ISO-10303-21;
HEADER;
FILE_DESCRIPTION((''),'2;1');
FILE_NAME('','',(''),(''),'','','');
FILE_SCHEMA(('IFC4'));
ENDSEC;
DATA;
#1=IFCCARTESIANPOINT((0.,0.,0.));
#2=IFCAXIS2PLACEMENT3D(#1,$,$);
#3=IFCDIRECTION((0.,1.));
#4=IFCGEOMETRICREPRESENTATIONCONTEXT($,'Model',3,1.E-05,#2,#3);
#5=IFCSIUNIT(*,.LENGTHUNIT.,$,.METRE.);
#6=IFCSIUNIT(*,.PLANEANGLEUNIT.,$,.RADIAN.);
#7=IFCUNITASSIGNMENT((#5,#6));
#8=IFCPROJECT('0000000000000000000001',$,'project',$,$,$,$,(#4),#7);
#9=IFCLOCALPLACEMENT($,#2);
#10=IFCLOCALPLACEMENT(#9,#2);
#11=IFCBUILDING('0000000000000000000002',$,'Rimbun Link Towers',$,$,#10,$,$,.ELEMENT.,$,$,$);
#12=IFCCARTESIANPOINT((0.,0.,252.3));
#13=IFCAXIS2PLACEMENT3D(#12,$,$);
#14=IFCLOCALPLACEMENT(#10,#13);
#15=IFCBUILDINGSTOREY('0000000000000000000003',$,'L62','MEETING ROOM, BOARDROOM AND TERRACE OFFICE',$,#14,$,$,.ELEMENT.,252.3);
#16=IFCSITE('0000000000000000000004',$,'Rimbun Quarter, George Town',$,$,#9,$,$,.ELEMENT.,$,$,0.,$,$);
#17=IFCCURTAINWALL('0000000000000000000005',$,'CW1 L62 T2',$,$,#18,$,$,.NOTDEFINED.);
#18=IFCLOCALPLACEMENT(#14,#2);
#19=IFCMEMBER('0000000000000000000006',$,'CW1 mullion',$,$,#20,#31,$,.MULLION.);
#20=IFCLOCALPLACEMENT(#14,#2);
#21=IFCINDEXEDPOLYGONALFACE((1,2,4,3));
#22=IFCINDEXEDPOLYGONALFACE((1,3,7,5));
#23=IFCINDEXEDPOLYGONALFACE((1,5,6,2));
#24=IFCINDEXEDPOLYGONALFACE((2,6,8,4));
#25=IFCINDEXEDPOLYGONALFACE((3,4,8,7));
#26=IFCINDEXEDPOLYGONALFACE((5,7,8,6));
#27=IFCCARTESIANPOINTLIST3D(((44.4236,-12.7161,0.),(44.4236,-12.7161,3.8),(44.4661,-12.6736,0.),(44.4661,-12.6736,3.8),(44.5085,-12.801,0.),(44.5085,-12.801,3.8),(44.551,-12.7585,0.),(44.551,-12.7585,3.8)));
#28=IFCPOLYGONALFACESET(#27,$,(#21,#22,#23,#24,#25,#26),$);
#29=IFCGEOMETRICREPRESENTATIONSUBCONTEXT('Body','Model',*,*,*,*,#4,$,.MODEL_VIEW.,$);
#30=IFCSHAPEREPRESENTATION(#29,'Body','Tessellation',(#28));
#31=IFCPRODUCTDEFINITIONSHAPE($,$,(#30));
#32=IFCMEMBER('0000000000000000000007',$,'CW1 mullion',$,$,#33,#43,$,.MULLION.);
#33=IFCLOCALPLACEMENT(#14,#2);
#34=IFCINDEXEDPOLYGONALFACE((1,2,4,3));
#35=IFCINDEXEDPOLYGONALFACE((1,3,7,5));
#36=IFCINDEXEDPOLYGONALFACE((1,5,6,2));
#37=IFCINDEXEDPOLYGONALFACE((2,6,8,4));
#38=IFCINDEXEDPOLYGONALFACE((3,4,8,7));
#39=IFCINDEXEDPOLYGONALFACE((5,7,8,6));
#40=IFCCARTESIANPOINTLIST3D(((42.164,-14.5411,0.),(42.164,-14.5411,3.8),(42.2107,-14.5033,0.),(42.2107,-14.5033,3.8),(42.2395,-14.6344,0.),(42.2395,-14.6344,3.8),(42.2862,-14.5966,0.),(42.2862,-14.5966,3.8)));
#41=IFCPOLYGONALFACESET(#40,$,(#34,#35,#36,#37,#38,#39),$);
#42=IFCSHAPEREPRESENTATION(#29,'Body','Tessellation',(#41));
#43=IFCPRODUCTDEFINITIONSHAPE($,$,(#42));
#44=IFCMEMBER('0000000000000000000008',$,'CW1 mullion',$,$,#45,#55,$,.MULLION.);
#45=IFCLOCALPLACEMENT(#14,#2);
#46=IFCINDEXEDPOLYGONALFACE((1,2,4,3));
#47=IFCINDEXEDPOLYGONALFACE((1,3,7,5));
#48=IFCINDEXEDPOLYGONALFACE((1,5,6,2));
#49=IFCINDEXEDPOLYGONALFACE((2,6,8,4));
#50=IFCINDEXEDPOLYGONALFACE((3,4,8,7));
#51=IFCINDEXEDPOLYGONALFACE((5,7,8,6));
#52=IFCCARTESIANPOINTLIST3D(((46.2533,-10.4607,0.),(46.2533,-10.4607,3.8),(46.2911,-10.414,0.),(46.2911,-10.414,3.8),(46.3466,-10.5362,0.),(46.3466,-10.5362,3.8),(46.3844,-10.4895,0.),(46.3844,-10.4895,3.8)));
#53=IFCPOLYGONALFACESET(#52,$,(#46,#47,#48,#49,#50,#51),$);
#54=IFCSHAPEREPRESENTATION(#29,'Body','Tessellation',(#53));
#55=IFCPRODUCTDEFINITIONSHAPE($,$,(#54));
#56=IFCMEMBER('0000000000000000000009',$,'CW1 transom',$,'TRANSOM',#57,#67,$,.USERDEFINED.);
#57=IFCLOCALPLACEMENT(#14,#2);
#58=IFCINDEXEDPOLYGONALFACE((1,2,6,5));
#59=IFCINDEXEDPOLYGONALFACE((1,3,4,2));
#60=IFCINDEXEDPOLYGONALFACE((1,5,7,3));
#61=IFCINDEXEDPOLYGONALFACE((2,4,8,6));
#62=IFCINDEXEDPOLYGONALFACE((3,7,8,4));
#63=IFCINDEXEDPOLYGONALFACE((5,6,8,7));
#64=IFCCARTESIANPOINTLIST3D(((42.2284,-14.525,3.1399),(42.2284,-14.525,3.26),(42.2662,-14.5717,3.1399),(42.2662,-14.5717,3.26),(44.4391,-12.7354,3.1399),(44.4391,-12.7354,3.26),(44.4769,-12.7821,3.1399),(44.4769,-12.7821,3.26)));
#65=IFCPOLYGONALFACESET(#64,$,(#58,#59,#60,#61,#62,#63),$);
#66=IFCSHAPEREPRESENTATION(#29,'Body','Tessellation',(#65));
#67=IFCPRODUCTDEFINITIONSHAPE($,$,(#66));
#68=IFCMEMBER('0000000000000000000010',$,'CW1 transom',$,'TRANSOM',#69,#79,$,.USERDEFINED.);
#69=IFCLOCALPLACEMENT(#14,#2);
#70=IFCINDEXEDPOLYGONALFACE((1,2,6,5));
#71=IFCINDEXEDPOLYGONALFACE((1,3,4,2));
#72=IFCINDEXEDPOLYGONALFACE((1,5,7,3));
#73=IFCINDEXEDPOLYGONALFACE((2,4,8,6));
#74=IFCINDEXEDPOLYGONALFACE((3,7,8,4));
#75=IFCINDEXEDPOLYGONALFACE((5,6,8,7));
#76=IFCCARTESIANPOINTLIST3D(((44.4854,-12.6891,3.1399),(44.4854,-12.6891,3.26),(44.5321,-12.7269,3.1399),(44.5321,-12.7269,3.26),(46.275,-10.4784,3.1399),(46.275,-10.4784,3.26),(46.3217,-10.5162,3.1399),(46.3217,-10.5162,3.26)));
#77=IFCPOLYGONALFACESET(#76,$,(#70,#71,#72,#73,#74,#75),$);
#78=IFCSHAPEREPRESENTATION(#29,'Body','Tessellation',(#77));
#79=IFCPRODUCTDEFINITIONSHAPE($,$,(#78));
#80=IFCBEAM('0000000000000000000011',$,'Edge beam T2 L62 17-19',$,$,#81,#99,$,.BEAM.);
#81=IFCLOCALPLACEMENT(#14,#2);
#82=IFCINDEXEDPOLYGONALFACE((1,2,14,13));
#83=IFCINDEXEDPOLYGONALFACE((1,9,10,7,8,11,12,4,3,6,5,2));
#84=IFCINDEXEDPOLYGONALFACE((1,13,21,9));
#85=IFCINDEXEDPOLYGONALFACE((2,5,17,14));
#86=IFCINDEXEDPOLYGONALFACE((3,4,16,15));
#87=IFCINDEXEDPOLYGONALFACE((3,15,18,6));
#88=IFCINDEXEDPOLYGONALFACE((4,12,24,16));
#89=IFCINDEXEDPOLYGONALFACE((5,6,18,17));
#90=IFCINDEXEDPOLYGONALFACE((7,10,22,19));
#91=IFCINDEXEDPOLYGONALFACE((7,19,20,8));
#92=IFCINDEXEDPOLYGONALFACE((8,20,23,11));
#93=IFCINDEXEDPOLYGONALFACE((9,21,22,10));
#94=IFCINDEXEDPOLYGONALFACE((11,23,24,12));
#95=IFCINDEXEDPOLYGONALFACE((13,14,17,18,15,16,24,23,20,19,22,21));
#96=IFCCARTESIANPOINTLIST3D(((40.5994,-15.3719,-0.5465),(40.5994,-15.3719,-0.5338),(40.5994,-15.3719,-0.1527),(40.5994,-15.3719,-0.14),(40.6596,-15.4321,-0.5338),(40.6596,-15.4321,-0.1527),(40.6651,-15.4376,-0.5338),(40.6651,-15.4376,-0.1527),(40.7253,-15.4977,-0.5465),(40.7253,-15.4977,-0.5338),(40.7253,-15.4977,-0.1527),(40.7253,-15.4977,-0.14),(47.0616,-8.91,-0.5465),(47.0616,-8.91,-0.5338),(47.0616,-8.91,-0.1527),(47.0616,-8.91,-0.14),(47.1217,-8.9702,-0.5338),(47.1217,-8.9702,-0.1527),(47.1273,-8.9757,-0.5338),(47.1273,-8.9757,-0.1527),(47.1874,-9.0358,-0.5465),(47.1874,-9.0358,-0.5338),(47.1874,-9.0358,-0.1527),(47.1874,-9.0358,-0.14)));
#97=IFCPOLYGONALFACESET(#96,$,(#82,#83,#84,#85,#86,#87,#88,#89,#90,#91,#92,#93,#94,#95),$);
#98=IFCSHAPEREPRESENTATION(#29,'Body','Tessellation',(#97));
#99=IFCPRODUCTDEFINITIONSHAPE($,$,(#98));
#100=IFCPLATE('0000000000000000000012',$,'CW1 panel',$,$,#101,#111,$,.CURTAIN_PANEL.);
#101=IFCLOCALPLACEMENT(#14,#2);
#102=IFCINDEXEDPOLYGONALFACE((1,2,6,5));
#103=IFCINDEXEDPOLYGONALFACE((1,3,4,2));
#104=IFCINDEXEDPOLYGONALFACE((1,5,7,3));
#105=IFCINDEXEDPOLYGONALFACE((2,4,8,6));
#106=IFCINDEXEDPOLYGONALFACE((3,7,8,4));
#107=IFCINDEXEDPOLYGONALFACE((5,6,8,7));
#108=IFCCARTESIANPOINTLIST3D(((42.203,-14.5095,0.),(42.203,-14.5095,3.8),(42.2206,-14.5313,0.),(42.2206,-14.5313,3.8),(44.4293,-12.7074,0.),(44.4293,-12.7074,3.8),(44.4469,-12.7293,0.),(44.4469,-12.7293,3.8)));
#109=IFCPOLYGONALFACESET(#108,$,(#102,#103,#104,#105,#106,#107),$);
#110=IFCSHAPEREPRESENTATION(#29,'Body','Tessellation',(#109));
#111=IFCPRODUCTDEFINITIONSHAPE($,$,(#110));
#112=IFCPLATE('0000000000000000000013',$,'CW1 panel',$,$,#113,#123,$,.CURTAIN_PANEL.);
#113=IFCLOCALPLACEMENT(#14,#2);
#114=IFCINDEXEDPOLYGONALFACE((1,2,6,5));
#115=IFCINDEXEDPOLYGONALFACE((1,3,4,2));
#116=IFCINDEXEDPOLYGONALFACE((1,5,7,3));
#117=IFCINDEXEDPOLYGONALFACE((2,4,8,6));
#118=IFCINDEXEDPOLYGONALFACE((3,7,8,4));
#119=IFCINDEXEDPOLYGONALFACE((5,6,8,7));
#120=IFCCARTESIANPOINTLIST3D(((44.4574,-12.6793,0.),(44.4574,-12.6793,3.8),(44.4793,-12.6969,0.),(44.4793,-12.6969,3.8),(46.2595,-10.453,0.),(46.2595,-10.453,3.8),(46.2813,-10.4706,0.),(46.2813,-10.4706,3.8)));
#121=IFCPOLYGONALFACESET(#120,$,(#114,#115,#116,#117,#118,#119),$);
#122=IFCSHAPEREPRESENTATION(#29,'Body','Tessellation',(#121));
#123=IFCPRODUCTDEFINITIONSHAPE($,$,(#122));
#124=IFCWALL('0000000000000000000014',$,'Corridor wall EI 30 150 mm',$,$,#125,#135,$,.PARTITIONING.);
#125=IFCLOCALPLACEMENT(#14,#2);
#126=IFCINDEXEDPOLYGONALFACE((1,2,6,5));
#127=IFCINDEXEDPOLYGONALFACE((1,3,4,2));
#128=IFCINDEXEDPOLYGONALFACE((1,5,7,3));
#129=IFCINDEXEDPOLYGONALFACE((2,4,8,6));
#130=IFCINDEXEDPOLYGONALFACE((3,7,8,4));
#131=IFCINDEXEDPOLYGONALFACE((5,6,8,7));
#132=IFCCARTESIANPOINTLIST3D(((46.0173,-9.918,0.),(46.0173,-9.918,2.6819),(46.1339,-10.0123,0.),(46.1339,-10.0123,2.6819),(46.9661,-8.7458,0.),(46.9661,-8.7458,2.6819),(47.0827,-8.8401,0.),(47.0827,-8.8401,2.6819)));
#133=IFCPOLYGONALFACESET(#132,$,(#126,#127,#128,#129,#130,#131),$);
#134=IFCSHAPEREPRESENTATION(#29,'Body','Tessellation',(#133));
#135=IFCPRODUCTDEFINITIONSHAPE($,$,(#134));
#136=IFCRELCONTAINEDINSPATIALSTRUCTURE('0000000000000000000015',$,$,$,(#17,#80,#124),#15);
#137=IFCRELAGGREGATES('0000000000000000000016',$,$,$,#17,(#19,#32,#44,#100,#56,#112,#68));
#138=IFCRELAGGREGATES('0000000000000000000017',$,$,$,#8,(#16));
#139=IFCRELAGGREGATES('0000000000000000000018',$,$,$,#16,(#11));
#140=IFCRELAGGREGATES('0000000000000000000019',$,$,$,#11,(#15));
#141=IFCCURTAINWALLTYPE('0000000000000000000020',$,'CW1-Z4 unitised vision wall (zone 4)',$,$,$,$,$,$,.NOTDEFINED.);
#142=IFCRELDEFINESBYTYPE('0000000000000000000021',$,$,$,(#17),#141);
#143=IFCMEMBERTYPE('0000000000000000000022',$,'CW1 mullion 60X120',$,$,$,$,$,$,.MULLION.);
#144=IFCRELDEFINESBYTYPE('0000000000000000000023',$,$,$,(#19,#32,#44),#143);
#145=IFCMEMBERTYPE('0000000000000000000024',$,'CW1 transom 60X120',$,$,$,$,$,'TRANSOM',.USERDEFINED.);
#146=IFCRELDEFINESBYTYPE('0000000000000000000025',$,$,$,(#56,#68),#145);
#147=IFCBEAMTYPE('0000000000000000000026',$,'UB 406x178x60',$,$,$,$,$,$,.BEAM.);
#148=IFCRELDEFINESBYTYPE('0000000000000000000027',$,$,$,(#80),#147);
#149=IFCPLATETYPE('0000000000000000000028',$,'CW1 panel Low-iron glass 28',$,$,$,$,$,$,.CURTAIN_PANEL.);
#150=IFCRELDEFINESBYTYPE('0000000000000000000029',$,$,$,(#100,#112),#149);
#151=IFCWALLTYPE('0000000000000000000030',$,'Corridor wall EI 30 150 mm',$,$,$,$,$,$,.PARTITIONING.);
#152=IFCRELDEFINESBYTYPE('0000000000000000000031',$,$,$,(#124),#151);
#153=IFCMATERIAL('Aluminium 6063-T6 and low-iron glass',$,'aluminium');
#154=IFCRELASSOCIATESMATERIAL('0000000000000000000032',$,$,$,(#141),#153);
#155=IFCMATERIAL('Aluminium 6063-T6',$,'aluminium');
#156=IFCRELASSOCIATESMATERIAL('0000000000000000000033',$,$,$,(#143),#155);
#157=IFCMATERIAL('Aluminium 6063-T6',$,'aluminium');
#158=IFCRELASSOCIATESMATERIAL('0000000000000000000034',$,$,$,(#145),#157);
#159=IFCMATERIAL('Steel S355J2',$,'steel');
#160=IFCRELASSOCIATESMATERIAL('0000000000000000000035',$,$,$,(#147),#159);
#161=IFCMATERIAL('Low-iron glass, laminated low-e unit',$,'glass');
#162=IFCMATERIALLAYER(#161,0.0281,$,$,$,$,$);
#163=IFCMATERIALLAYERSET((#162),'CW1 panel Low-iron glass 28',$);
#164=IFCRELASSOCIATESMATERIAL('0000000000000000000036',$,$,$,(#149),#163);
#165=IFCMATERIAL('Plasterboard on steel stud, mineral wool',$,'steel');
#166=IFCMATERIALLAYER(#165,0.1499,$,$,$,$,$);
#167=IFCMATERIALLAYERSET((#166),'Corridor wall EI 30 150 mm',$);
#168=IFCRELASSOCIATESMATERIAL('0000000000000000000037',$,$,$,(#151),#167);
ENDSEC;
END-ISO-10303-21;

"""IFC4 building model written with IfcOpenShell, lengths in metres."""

from ifc_helpers import new_model, si_unit, direction, frame, frame_2d, origin, origin_2d, place, context, subcontext, project, spatial, rectangle, i_section, extrude, material, layer, layer_set, material_profile, profile_set, type_object, element, aggregate, save


model = new_model("IFC4")

# Units and contexts
model_context = context("Model", 3, precision=1e-05, world=origin(), true_north=direction((0.0, 1.0)))
body_context = subcontext(model_context, "Body", "Model", "MODEL_VIEW")
ifc_project = project(units=[si_unit("LENGTHUNIT", "METRE"), si_unit("PLANEANGLEUNIT", "RADIAN")], contexts=[model_context])

# Site, building, storey
site_placement = place(None, origin())
site = spatial("IfcSite", under=ifc_project, at=site_placement, Name="Rimbun Quarter, George Town", CompositionType="ELEMENT", RefElevation=0.0)
building_placement = place(site_placement, origin())
building = spatial("IfcBuilding", under=site, at=building_placement, Name="Rimbun Link Towers", CompositionType="ELEMENT")
storey_placement = place(building_placement, frame((0.0, 0.0, 252.3)))
storey = spatial("IfcBuildingStorey", under=building, at=storey_placement, Name="L62", Description="MEETING ROOM, BOARDROOM AND TERRACE OFFICE", CompositionType="ELEMENT", Elevation=252.3)

# Curtain wall, members
ifc_material_1 = material(Name="Aluminium 6063-T6 and low-iron glass", Category="aluminium")
curtain_wall_type = type_object("IfcCurtainWallType", Name="CW1-Z4 unitised vision wall (zone 4)", PredefinedType="NOTDEFINED", material=ifc_material_1)
curtain_wall_placement = place(storey_placement, origin())
curtain_wall = element("IfcCurtainWall", 1, at=curtain_wall_placement, inside=storey, type_object=curtain_wall_type, Name="CW1 L62 T2", PredefinedType="NOTDEFINED")
ifc_material_2 = material(Name="Aluminium 6063-T6", Category="aluminium")
ifc_material_profile_1 = material_profile(ifc_material_2, rectangle(XDim=0.1201, YDim=0.0601, at=origin_2d()), Name="MULLION 60X120")
ifc_profile_set_1 = profile_set([ifc_material_profile_1], Name="Aluminium 6063-T6")
member_type_1 = type_object("IfcMemberType", Name="CW1 mullion 60X120", PredefinedType="MULLION", material=ifc_profile_set_1)
member_1_placement = place(storey_placement, frame((44.4873, -12.7373, 0.0), z_axis=(0.0, 0.0, 1.0), x_axis=(0.707107, -0.707107, 0.0)))
member_1 = element("IfcMember", 2, at=member_1_placement, type_object=member_type_1, Name="CW1 mullion", PredefinedType="MULLION", context=body_context, shape_type="SweptSolid", body=[
    extrude(rectangle(XDim=0.1201, YDim=0.0601, at=origin_2d()), origin(), (0.0, 0.0, 1.0), 3.8),
])
member_2_placement = place(storey_placement, frame((42.2251, -14.5688, 0.0), z_axis=(0.0, 0.0, 1.0), x_axis=(0.629159, -0.777277, 0.0)))
member_2 = element("IfcMember", 3, at=member_2_placement, type_object=member_type_1, Name="CW1 mullion", PredefinedType="MULLION", context=body_context, shape_type="SweptSolid", body=[
    extrude(rectangle(XDim=0.1201, YDim=0.0601, at=origin_2d()), origin(), (0.0, 0.0, 1.0), 3.8),
])
member_3_placement = place(storey_placement, frame((46.3188, -10.4751, 0.0), z_axis=(0.0, 0.0, 1.0), x_axis=(0.777277, -0.629159, 0.0)))
member_3 = element("IfcMember", 4, at=member_3_placement, type_object=member_type_1, Name="CW1 mullion", PredefinedType="MULLION", context=body_context, shape_type="SweptSolid", body=[
    extrude(rectangle(XDim=0.1201, YDim=0.0601, at=origin_2d()), origin(), (0.0, 0.0, 1.0), 3.8),
])
ifc_material_3 = material(Name="Aluminium 6063-T6", Category="aluminium")
ifc_material_profile_2 = material_profile(ifc_material_3, rectangle(XDim=0.0601, YDim=0.1201, at=origin_2d()), Name="TRANSOM 60X120")
ifc_profile_set_2 = profile_set([ifc_material_profile_2], Name="Aluminium 6063-T6")
member_type_2 = type_object("IfcMemberType", Name="CW1 transom 60X120", ElementType="TRANSOM", PredefinedType="USERDEFINED", material=ifc_profile_set_2)
member_4_placement = place(storey_placement, frame((44.458, -12.7588, 3.2), z_axis=(-0.777255, -0.629186, 0.0), x_axis=(0.629186, -0.777255, 0.0)))
member_4 = element("IfcMember", 5, at=member_4_placement, type_object=member_type_2, Name="CW1 transom", ObjectType="TRANSOM", PredefinedType="USERDEFINED", context=body_context, shape_type="SweptSolid", body=[
    extrude(rectangle(XDim=0.0601, YDim=0.1201, at=origin_2d()), origin(), (0.0, 0.0, 1.0), 2.8442),
])
member_5_placement = place(storey_placement, frame((46.2983, -10.4973, 3.2), z_axis=(-0.629186, -0.777255, 0.0), x_axis=(0.777255, -0.629186, 0.0)))
member_5 = element("IfcMember", 6, at=member_5_placement, type_object=member_type_2, Name="CW1 transom", ObjectType="TRANSOM", PredefinedType="USERDEFINED", context=body_context, shape_type="SweptSolid", body=[
    extrude(rectangle(XDim=0.0601, YDim=0.1201, at=origin_2d()), origin(), (0.0, 0.0, 1.0), 2.8442),
])

# Beam
ifc_material_4 = material(Name="Steel S355J2", Category="steel")
ifc_material_profile_3 = material_profile(ifc_material_4, i_section(OverallWidth=0.178, OverallDepth=0.4065, WebThickness=0.0078, FlangeThickness=0.0127, at=origin_2d()), Name="UB 406x178x60")
ifc_profile_set_3 = profile_set([ifc_material_profile_3], Name="Steel S355J2")
beam_type = type_object("IfcBeamType", Name="UB 406x178x60", PredefinedType="BEAM", material=ifc_profile_set_3)
beam_placement = place(storey_placement, frame((40.6624, -15.4348, -0.3433), z_axis=(0.70712, 0.707093, 0.0), x_axis=(-0.707093, 0.70712, 0.0)))
element("IfcBeam", 7, at=beam_placement, inside=storey, type_object=beam_type, Name="Edge beam T2 L62 17-19", PredefinedType="BEAM", context=body_context, shape_type="SweptSolid", body=[
    extrude(i_section(OverallWidth=0.178, OverallDepth=0.4065, WebThickness=0.0078, FlangeThickness=0.0127, at=origin_2d()), origin(), (0.0, 0.0, 1.0), 9.1387),
])

# Plates
ifc_material_5 = material(Name="Low-iron glass, laminated low-e unit", Category="glass")
ifc_layer_1 = layer(ifc_material_5, 0.0281)
ifc_layer_set_1 = layer_set([ifc_layer_1], Name="CW1 panel Low-iron glass 28")
plate_type = type_object("IfcPlateType", Name="CW1 panel Low-iron glass 28", PredefinedType="CURTAIN_PANEL", material=ifc_layer_set_1)
plate_1_placement = place(storey_placement, frame((43.325, -13.6194, 0.0), z_axis=(0.0, 0.0, 1.0), x_axis=(-0.777277, -0.629159, 0.0)))
plate_1 = element("IfcPlate", 8, at=plate_1_placement, type_object=plate_type, Name="CW1 panel", PredefinedType="CURTAIN_PANEL", context=body_context, shape_type="SweptSolid", body=[
    extrude(rectangle(XDim=2.8643, YDim=0.0281, at=origin_2d()), origin(), (0.0, 0.0, 1.0), 3.8),
])
plate_2_placement = place(storey_placement, frame((45.3694, -11.575, 0.0), z_axis=(0.0, 0.0, 1.0), x_axis=(-0.629159, -0.777277, 0.0)))
plate_2 = element("IfcPlate", 9, at=plate_2_placement, type_object=plate_type, Name="CW1 panel", PredefinedType="CURTAIN_PANEL", context=body_context, shape_type="SweptSolid", body=[
    extrude(rectangle(XDim=2.8643, YDim=0.0281, at=origin_2d()), origin(), (0.0, 0.0, 1.0), 3.8),
])
aggregate(curtain_wall, [member_1, member_2, member_3, plate_1, member_4, plate_2, member_5])

# Wall
ifc_material_6 = material(Name="Plasterboard on steel stud, mineral wool", Category="steel")
ifc_layer_2 = layer(ifc_material_6, 0.1499)
ifc_layer_set_2 = layer_set([ifc_layer_2], Name="Corridor wall EI 30 150 mm")
wall_type = type_object("IfcWallType", Name="Corridor wall EI 30 150 mm", PredefinedType="PARTITIONING", material=ifc_layer_set_2)
wall_1_placement = place(storey_placement, frame((46.0757, -9.9651, 0.0), z_axis=(0.0, 0.0, 1.0), x_axis=(0.629147, 0.777286, 0.0)))
element("IfcWall", 10, at=wall_1_placement, inside=storey, type_object=wall_type, Name="Corridor wall EI 30 150 mm", PredefinedType="PARTITIONING", context=body_context, shape_type="SweptSolid", body=[
    extrude(rectangle(XDim=1.5081, YDim=0.1499, at=frame_2d((0.7539, 0.0))), origin(), (0.0, 0.0, 1.0), 2.6819),
])

save(model, "model.ifc")
